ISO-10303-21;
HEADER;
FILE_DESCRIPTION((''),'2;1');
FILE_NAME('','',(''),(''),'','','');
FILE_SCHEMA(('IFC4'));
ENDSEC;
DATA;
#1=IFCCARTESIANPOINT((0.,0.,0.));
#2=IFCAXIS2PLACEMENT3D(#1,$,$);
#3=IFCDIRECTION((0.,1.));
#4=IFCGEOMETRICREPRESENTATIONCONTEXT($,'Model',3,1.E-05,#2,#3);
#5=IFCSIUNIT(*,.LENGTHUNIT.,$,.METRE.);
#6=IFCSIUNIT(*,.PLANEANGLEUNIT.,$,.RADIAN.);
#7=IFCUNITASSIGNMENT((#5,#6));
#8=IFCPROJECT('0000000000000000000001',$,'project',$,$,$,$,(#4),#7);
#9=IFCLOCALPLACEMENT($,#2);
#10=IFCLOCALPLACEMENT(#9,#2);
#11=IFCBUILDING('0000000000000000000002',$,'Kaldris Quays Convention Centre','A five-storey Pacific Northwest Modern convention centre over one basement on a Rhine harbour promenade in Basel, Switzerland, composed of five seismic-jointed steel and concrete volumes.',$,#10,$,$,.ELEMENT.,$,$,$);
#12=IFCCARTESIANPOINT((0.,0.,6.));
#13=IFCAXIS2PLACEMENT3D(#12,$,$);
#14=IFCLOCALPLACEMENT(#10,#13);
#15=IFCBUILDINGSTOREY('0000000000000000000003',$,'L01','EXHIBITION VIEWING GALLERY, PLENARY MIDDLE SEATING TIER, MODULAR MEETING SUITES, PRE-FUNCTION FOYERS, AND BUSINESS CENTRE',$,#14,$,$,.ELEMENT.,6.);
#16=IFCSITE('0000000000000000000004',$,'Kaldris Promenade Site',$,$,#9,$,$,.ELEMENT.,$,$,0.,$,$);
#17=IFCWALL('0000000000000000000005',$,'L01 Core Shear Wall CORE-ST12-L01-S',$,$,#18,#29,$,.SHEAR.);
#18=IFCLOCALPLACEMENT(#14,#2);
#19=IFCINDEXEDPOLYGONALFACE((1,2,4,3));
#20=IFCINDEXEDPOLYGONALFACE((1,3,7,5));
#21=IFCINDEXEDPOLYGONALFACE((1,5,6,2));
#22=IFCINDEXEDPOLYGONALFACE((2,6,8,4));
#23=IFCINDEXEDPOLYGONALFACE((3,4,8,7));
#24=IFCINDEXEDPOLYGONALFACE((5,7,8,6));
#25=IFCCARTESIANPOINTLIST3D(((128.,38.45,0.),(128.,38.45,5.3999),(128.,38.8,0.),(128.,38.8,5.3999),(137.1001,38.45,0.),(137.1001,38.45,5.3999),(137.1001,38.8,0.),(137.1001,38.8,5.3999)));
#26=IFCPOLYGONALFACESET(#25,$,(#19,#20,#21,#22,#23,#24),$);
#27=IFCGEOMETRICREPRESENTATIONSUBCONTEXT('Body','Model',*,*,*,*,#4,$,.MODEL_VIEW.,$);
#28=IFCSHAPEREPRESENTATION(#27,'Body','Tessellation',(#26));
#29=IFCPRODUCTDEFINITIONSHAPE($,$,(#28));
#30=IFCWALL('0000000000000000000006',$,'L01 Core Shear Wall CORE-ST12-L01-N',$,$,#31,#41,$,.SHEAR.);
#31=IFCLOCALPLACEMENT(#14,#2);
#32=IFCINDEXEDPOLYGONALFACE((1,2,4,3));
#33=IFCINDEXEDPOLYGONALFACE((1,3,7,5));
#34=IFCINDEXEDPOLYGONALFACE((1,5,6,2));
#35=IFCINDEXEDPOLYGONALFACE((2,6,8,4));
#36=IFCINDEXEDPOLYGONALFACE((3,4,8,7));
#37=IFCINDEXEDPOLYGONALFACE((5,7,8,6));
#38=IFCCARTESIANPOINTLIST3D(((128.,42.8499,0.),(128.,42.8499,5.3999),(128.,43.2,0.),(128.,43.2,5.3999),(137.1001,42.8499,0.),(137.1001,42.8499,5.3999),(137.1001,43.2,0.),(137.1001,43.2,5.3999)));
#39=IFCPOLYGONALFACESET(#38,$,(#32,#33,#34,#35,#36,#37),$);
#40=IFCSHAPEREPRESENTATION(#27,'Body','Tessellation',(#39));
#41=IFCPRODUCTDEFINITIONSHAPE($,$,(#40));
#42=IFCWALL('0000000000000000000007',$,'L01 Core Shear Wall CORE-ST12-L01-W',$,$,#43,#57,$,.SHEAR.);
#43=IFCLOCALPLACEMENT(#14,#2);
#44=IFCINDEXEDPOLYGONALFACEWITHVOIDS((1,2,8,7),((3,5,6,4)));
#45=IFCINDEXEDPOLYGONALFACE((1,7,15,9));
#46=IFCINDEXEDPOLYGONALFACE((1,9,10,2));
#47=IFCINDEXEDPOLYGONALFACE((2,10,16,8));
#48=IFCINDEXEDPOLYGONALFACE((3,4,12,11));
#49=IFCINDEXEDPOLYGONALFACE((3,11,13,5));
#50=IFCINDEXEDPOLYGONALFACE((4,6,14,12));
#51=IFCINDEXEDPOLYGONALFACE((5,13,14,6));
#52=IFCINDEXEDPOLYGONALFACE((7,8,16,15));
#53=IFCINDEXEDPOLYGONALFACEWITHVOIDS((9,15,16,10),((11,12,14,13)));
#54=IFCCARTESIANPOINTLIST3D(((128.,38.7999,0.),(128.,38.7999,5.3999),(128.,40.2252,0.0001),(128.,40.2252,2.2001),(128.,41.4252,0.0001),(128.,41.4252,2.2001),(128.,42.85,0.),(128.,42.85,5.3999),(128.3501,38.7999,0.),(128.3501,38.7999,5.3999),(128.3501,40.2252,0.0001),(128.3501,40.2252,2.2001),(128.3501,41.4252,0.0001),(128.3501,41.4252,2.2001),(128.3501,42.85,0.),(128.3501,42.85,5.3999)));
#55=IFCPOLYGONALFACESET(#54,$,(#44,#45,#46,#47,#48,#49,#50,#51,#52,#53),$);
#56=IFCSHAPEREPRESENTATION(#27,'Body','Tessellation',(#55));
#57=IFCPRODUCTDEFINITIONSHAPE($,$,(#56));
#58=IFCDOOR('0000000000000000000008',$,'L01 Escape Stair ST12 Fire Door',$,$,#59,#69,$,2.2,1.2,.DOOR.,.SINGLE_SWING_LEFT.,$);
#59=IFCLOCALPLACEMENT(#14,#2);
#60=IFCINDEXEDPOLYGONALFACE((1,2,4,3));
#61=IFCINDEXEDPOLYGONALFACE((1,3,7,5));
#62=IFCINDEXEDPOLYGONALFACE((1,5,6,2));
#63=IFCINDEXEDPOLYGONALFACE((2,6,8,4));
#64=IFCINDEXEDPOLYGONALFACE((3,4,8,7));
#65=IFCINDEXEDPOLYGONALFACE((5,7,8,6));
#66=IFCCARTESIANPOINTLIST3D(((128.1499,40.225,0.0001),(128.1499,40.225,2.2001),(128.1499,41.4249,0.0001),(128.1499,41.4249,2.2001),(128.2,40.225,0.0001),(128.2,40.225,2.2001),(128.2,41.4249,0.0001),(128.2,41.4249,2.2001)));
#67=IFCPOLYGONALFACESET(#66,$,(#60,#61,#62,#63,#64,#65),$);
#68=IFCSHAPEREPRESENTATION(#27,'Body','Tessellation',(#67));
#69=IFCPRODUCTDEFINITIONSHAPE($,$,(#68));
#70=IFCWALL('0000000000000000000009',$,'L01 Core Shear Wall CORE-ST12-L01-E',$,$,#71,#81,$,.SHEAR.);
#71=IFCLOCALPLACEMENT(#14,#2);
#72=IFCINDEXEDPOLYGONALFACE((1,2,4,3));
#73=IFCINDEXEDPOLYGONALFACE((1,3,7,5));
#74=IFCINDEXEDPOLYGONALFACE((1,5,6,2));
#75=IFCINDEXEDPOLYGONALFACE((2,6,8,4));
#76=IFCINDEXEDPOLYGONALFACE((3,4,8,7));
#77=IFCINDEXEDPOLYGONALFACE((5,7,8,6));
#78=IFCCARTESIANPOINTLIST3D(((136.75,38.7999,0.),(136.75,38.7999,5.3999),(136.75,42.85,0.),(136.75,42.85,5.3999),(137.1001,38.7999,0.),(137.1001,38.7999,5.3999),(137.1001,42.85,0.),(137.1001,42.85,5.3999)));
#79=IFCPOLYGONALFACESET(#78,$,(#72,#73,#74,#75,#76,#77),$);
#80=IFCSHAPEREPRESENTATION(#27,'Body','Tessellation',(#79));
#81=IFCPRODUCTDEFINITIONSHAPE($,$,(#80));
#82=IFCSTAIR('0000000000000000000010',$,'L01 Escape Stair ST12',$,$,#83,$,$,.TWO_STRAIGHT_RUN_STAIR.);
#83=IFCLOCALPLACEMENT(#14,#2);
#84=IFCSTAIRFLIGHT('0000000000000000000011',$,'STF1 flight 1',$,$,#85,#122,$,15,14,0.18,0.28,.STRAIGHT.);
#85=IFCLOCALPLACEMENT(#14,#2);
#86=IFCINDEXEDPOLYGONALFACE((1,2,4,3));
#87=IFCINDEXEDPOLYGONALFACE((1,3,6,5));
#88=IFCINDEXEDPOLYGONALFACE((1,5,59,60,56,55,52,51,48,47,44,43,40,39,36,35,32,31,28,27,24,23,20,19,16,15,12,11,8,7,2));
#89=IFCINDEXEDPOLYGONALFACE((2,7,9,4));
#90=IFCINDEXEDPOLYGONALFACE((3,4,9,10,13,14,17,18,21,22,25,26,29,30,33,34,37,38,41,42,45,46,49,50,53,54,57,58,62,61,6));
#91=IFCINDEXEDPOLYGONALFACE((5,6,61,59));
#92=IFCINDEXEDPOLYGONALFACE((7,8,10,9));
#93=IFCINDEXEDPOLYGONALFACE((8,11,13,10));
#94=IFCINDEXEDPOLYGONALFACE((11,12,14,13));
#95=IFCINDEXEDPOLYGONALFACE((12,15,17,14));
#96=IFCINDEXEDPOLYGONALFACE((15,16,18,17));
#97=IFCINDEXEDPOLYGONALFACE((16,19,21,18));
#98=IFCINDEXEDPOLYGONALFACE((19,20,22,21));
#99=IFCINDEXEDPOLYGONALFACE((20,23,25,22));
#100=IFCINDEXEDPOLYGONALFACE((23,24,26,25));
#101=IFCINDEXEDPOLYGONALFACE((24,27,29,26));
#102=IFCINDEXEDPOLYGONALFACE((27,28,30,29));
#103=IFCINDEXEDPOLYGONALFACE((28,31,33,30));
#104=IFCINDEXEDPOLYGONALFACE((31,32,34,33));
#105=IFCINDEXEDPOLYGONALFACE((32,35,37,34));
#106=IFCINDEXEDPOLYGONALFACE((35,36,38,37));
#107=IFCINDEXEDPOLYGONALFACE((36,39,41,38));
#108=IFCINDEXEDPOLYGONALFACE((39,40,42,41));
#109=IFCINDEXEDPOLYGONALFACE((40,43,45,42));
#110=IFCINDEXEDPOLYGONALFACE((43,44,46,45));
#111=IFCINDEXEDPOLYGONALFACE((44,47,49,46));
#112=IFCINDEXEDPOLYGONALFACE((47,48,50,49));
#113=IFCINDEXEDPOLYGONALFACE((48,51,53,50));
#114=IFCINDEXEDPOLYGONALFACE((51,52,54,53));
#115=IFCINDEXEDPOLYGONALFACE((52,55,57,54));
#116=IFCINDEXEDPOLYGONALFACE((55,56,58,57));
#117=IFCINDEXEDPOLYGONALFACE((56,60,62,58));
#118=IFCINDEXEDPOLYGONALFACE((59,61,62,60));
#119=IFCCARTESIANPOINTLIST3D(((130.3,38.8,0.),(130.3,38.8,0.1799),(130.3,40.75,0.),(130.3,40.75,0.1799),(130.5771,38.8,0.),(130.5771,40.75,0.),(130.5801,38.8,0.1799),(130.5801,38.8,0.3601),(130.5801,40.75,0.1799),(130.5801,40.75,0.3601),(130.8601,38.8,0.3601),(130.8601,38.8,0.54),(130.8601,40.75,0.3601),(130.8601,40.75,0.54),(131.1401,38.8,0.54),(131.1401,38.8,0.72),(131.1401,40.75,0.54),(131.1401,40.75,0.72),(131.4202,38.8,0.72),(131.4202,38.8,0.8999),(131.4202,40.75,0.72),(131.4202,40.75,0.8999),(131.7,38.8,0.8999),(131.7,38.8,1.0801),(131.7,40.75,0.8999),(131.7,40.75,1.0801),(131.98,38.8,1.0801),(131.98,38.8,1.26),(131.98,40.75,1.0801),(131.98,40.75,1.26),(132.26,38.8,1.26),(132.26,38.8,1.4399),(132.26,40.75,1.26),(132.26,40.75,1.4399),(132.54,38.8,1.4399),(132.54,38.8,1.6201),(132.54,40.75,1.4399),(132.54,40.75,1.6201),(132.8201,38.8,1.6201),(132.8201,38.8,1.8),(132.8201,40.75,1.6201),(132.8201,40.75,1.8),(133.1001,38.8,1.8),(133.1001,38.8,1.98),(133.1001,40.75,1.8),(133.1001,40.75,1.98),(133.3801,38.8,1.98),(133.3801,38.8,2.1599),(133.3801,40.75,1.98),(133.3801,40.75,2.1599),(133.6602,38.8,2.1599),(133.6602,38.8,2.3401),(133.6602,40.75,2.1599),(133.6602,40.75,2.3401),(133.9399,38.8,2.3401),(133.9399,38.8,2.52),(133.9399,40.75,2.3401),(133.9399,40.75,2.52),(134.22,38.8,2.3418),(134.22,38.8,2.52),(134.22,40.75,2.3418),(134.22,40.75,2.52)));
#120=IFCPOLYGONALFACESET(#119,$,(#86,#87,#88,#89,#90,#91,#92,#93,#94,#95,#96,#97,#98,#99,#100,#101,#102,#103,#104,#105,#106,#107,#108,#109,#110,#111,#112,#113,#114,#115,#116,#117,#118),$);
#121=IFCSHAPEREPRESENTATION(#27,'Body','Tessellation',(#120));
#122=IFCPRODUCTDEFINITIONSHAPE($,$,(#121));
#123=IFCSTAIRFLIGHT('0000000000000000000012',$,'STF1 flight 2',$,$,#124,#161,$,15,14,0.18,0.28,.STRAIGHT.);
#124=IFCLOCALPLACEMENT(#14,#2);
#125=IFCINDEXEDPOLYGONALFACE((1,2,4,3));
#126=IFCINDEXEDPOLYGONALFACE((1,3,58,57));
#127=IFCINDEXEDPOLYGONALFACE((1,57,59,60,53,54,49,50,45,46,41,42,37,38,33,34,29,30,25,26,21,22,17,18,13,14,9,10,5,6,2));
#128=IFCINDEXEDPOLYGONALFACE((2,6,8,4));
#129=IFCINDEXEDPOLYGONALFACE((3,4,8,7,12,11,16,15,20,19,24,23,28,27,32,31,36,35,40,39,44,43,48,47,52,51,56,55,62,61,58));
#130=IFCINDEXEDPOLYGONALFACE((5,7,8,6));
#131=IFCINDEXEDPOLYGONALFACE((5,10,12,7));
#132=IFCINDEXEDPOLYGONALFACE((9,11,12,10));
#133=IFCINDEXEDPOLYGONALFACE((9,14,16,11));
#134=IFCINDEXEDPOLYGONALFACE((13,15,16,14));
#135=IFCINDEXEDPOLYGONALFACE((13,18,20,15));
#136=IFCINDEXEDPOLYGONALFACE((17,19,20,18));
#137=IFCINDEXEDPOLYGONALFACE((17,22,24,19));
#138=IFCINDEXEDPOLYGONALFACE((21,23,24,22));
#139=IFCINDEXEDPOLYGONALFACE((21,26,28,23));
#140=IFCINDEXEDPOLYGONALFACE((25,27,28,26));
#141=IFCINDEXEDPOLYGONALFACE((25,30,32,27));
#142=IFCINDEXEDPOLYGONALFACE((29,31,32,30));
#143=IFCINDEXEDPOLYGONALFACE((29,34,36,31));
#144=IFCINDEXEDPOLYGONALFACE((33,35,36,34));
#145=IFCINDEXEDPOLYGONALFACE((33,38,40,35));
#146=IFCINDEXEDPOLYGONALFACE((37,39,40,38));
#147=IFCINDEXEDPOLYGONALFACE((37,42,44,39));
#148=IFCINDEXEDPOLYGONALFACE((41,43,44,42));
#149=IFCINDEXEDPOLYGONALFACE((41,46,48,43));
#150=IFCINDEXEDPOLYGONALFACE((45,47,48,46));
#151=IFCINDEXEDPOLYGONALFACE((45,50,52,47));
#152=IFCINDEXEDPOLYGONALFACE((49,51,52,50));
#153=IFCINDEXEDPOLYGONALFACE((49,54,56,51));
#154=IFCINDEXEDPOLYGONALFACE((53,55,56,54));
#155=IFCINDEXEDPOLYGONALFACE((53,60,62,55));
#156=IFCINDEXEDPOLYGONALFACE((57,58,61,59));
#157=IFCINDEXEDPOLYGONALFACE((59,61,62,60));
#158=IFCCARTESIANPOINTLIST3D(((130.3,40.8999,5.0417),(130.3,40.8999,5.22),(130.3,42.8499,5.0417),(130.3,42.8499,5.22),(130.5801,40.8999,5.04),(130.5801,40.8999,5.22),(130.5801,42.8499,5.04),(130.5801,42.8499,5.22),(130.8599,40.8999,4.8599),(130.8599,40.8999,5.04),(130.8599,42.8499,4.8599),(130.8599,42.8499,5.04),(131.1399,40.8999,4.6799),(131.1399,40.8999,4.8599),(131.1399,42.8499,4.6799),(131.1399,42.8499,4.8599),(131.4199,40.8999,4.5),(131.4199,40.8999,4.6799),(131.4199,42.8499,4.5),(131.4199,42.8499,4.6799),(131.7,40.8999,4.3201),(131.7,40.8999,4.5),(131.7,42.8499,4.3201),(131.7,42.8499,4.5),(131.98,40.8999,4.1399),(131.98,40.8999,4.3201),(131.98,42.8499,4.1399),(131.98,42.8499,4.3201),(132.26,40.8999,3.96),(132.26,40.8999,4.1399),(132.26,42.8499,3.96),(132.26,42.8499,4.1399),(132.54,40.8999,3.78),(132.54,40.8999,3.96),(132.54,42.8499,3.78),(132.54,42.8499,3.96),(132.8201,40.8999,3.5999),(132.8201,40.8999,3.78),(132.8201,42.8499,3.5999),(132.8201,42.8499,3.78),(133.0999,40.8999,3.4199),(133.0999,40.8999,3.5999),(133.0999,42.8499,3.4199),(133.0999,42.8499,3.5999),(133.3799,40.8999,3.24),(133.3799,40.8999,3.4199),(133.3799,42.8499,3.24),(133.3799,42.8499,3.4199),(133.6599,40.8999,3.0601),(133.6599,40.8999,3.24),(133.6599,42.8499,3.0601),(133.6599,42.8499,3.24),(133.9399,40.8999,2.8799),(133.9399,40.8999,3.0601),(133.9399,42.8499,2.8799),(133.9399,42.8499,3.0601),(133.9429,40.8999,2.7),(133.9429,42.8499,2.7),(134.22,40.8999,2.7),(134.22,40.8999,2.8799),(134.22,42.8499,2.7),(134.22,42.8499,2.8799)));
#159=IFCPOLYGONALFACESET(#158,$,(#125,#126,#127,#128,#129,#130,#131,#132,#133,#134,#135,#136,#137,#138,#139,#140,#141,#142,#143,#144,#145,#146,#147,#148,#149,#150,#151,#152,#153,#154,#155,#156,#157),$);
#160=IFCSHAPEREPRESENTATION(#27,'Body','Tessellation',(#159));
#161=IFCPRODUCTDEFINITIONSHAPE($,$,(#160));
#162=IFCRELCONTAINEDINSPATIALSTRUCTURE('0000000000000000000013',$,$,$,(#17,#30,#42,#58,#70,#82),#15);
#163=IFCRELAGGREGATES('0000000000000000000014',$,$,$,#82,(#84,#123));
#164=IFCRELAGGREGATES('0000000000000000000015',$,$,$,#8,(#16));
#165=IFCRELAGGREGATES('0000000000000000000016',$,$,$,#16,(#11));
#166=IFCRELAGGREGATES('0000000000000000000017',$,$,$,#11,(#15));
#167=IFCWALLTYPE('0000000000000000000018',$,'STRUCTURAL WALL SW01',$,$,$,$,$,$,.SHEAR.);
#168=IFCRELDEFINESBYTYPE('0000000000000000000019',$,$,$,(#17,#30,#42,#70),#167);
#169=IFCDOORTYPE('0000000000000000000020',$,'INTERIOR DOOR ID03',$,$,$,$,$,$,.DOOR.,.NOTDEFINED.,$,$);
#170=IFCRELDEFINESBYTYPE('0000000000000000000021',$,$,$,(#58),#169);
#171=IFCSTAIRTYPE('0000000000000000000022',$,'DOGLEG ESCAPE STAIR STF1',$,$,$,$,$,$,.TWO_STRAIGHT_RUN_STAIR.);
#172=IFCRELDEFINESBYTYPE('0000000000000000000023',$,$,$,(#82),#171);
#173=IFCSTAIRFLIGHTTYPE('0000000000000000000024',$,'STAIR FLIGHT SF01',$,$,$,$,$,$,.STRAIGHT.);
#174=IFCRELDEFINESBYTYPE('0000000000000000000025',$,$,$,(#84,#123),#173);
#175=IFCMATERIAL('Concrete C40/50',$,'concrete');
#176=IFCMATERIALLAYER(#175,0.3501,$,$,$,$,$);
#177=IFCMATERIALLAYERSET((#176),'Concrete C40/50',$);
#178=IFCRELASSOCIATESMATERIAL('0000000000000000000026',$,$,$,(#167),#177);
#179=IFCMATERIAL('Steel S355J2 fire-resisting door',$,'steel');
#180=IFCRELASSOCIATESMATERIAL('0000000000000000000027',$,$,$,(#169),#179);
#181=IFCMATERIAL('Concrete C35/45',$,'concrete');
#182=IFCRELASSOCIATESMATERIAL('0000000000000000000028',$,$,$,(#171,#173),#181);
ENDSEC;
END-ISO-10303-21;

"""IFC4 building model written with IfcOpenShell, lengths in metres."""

from ifc_helpers import new_model, si_unit, direction, frame, frame_2d, origin, place, context, subcontext, project, spatial, polyline, rectangle, outline, extrude, material, layer, layer_set, type_object, element, fill, aggregate, save


model = new_model("IFC4")

# Units and contexts
model_context = context("Model", 3, precision=1e-05, world=origin(), true_north=direction((0.0, 1.0)))
body_context = subcontext(model_context, "Body", "Model", "MODEL_VIEW")
ifc_project = project(units=[si_unit("LENGTHUNIT", "METRE"), si_unit("PLANEANGLEUNIT", "RADIAN")], contexts=[model_context])

# Site, building, storey
site_placement = place(None, origin())
site = spatial("IfcSite", under=ifc_project, at=site_placement, Name="Kaldris Promenade Site", CompositionType="ELEMENT", RefElevation=0.0)
building_placement = place(site_placement, origin())
building = spatial("IfcBuilding", under=site, at=building_placement, Name="Kaldris Quays Convention Centre", Description="A five-storey Pacific Northwest Modern convention centre over one basement on a Rhine harbour promenade in Basel, Switzerland, composed of five seismic-jointed steel and concrete volumes.", CompositionType="ELEMENT")
storey_placement = place(building_placement, frame((0.0, 0.0, 6.0)))
storey = spatial("IfcBuildingStorey", under=building, at=storey_placement, Name="L01", Description="EXHIBITION VIEWING GALLERY, PLENARY MIDDLE SEATING TIER, MODULAR MEETING SUITES, PRE-FUNCTION FOYERS, AND BUSINESS CENTRE", CompositionType="ELEMENT", Elevation=6.0)

# Walls
ifc_material_1 = material(Name="Concrete C40/50", Category="concrete")
ifc_layer_1 = layer(ifc_material_1, 0.3501)
ifc_layer_set_1 = layer_set([ifc_layer_1], Name="Concrete C40/50")
wall_type_1 = type_object("IfcWallType", Name="STRUCTURAL WALL SW01", PredefinedType="SHEAR", material=ifc_layer_set_1)
for number, where, z_axis, x_axis, name in (
    (1, (128.0, 38.625, 0.0), (0.0, 0.0, 1.0), (1.0, 0.0, 0.0), "L01 Core Shear Wall CORE-ST12-L01-S"),
    (2, (128.0, 43.0249, 0.0), (0.0, 0.0, 1.0), (1.0, 0.0, 0.0), "L01 Core Shear Wall CORE-ST12-L01-N"),
):
    element("IfcWall", number, at=place(storey_placement, frame(where, z_axis=z_axis, x_axis=x_axis)), inside=storey, type_object=wall_type_1, Name=name, PredefinedType="SHEAR", context=body_context, shape_type="SweptSolid", body=[
        extrude(rectangle(XDim=9.1001, YDim=0.3501, at=frame_2d((4.55, 0.0))), origin(), (0.0, 0.0, 1.0), 5.3999),
    ])

# Wall, opening, door
wall_1_placement = place(storey_placement, frame((128.175, 38.8, 0.0), z_axis=(0.0, 0.0, 1.0), x_axis=(0.0, 1.0, 0.0)))
wall_1 = element("IfcWall", 3, at=wall_1_placement, inside=storey, type_object=wall_type_1, Name="L01 Core Shear Wall CORE-ST12-L01-W", PredefinedType="SHEAR", context=body_context, shape_type="SweptSolid", body=[
    extrude(rectangle(XDim=4.05, YDim=0.3501, at=frame_2d((2.0249, 0.0))), origin(), (0.0, 0.0, 1.0), 5.3999),
])
opening_1_placement = place(wall_1_placement, frame((1.425, 0.0, 0.0)))
opening_1 = element("IfcOpeningElement", 4, at=opening_1_placement, cuts=wall_1, PredefinedType="OPENING", context=body_context, shape_type="SweptSolid", body=[
    extrude(rectangle(XDim=1.2, YDim=2.2, at=frame_2d((0.6001, 1.1001))), frame((0.0, 0.1851, 0.0), z_axis=(0.0, -1.0, 0.0), x_axis=(1.0, 0.0, 0.0)), (0.0, 0.0, 1.0), 0.3701),
])
ifc_material_2 = material(Name="Steel S355J2 fire-resisting door", Category="steel")
door_type_1 = type_object("IfcDoorType", Name="INTERIOR DOOR ID03", OperationType="NOTDEFINED", PredefinedType="DOOR", material=ifc_material_2)
door_1_placement = place(opening_1_placement, frame((1.2, 0.0, 0.0), z_axis=(0.0, 0.0, 1.0), x_axis=(-1.0, 0.0, 0.0)))
door_1 = element("IfcDoor", 5, at=door_1_placement, inside=storey, type_object=door_type_1, Name="L01 Escape Stair ST12 Fire Door", OperationType="SINGLE_SWING_LEFT", OverallHeight=2.2, OverallWidth=1.2, PredefinedType="DOOR", context=body_context, shape_type="SweptSolid", body=[
    extrude(rectangle(XDim=1.2, YDim=2.2, at=frame_2d((0.6001, 1.1001))), frame((0.0, 0.0249, 0.0), z_axis=(0.0, -1.0, 0.0), x_axis=(1.0, 0.0, 0.0)), (0.0, 0.0, 1.0), 0.05),
])
fill(opening_1, door_1)

# Wall
wall_2_placement = place(storey_placement, frame((136.925, 38.8, 0.0), z_axis=(0.0, 0.0, 1.0), x_axis=(0.0, 1.0, 0.0)))
element("IfcWall", 6, at=wall_2_placement, inside=storey, type_object=wall_type_1, Name="L01 Core Shear Wall CORE-ST12-L01-E", PredefinedType="SHEAR", context=body_context, shape_type="SweptSolid", body=[
    extrude(rectangle(XDim=4.05, YDim=0.3501, at=frame_2d((2.0249, 0.0))), origin(), (0.0, 0.0, 1.0), 5.3999),
])

# Stair, stair flights
ifc_material_3 = material(Name="Concrete C35/45", Category="concrete")
stair_type = type_object("IfcStairType", Name="DOGLEG ESCAPE STAIR STF1", PredefinedType="TWO_STRAIGHT_RUN_STAIR", material=ifc_material_3)
stair_placement = place(storey_placement, origin())
stair = element("IfcStair", 7, at=stair_placement, inside=storey, type_object=stair_type, Name="L01 Escape Stair ST12", PredefinedType="TWO_STRAIGHT_RUN_STAIR")
stair_flight_type = type_object("IfcStairFlightType", Name="STAIR FLIGHT SF01", PredefinedType="STRAIGHT", material=ifc_material_3)
stair_flight_1_placement = place(storey_placement, frame((130.3, 39.7749, 0.0), z_axis=(0.0, 0.0, 1.0), x_axis=(1.0, 0.0, 0.0)))
stair_flight_1 = element("IfcStairFlight", 8, at=stair_flight_1_placement, type_object=stair_flight_type, Name="STF1 flight 1", NumberOfRisers=15, NumberOfTreads=14, PredefinedType="STRAIGHT", RiserHeight=0.18, TreadLength=0.28, context=body_context, shape_type="SweptSolid", body=[
    extrude(outline(polyline([(0.0, 0.0), (0.0, 0.1799), (0.28, 0.1799), (0.28, 0.3601), (0.5601, 0.3601), (0.5601, 0.54), (0.8401, 0.54), (0.8401, 0.72), (1.1201, 0.72), (1.1201, 0.8999), (1.3999, 0.8999), (1.3999, 1.0801), (1.6799, 1.0801), (1.6799, 1.26), (1.96, 1.26), (1.96, 1.4399), (2.24, 1.4399), (2.24, 1.6201), (2.52, 1.6201), (2.52, 1.8), (2.8, 1.8), (2.8, 1.98), (3.0801, 1.98), (3.0801, 2.1599), (3.3601, 2.1599), (3.3601, 2.3401), (3.6399, 2.3401), (3.6399, 2.52), (3.9199, 2.52), (3.9199, 2.7), (3.9199, 2.3418), (0.2771, 0.0), (0.0, 0.0)])), frame((0.0, 0.9751, 0.0), z_axis=(0.0, -1.0, 0.0), x_axis=(1.0, 0.0, 0.0)), (0.0, 0.0, 1.0), 1.95),
])
stair_flight_2_placement = place(storey_placement, frame((134.22, 41.875, 2.7), z_axis=(0.0, 0.0, 1.0), x_axis=(-1.0, 0.0, 0.0)))
stair_flight_2 = element("IfcStairFlight", 9, at=stair_flight_2_placement, type_object=stair_flight_type, Name="STF1 flight 2", NumberOfRisers=15, NumberOfTreads=14, PredefinedType="STRAIGHT", RiserHeight=0.18, TreadLength=0.28, context=body_context, shape_type="SweptSolid", body=[
    extrude(outline(polyline([(0.0, 0.0), (0.0, 0.1799), (0.28, 0.1799), (0.28, 0.3601), (0.5601, 0.3601), (0.5601, 0.54), (0.8401, 0.54), (0.8401, 0.72), (1.1201, 0.72), (1.1201, 0.8999), (1.3999, 0.8999), (1.3999, 1.0801), (1.6799, 1.0801), (1.6799, 1.26), (1.96, 1.26), (1.96, 1.4399), (2.24, 1.4399), (2.24, 1.6201), (2.52, 1.6201), (2.52, 1.8), (2.8, 1.8), (2.8, 1.98), (3.0801, 1.98), (3.0801, 2.1599), (3.3601, 2.1599), (3.3601, 2.3401), (3.6399, 2.3401), (3.6399, 2.52), (3.9199, 2.52), (3.9199, 2.7), (3.9199, 2.3418), (0.2771, 0.0), (0.0, 0.0)])), frame((0.0, 0.9751, 0.0), z_axis=(0.0, -1.0, 0.0), x_axis=(1.0, 0.0, 0.0)), (0.0, 0.0, 1.0), 1.95),
])
aggregate(stair, [stair_flight_1, stair_flight_2])

save(model, "model.ifc")
